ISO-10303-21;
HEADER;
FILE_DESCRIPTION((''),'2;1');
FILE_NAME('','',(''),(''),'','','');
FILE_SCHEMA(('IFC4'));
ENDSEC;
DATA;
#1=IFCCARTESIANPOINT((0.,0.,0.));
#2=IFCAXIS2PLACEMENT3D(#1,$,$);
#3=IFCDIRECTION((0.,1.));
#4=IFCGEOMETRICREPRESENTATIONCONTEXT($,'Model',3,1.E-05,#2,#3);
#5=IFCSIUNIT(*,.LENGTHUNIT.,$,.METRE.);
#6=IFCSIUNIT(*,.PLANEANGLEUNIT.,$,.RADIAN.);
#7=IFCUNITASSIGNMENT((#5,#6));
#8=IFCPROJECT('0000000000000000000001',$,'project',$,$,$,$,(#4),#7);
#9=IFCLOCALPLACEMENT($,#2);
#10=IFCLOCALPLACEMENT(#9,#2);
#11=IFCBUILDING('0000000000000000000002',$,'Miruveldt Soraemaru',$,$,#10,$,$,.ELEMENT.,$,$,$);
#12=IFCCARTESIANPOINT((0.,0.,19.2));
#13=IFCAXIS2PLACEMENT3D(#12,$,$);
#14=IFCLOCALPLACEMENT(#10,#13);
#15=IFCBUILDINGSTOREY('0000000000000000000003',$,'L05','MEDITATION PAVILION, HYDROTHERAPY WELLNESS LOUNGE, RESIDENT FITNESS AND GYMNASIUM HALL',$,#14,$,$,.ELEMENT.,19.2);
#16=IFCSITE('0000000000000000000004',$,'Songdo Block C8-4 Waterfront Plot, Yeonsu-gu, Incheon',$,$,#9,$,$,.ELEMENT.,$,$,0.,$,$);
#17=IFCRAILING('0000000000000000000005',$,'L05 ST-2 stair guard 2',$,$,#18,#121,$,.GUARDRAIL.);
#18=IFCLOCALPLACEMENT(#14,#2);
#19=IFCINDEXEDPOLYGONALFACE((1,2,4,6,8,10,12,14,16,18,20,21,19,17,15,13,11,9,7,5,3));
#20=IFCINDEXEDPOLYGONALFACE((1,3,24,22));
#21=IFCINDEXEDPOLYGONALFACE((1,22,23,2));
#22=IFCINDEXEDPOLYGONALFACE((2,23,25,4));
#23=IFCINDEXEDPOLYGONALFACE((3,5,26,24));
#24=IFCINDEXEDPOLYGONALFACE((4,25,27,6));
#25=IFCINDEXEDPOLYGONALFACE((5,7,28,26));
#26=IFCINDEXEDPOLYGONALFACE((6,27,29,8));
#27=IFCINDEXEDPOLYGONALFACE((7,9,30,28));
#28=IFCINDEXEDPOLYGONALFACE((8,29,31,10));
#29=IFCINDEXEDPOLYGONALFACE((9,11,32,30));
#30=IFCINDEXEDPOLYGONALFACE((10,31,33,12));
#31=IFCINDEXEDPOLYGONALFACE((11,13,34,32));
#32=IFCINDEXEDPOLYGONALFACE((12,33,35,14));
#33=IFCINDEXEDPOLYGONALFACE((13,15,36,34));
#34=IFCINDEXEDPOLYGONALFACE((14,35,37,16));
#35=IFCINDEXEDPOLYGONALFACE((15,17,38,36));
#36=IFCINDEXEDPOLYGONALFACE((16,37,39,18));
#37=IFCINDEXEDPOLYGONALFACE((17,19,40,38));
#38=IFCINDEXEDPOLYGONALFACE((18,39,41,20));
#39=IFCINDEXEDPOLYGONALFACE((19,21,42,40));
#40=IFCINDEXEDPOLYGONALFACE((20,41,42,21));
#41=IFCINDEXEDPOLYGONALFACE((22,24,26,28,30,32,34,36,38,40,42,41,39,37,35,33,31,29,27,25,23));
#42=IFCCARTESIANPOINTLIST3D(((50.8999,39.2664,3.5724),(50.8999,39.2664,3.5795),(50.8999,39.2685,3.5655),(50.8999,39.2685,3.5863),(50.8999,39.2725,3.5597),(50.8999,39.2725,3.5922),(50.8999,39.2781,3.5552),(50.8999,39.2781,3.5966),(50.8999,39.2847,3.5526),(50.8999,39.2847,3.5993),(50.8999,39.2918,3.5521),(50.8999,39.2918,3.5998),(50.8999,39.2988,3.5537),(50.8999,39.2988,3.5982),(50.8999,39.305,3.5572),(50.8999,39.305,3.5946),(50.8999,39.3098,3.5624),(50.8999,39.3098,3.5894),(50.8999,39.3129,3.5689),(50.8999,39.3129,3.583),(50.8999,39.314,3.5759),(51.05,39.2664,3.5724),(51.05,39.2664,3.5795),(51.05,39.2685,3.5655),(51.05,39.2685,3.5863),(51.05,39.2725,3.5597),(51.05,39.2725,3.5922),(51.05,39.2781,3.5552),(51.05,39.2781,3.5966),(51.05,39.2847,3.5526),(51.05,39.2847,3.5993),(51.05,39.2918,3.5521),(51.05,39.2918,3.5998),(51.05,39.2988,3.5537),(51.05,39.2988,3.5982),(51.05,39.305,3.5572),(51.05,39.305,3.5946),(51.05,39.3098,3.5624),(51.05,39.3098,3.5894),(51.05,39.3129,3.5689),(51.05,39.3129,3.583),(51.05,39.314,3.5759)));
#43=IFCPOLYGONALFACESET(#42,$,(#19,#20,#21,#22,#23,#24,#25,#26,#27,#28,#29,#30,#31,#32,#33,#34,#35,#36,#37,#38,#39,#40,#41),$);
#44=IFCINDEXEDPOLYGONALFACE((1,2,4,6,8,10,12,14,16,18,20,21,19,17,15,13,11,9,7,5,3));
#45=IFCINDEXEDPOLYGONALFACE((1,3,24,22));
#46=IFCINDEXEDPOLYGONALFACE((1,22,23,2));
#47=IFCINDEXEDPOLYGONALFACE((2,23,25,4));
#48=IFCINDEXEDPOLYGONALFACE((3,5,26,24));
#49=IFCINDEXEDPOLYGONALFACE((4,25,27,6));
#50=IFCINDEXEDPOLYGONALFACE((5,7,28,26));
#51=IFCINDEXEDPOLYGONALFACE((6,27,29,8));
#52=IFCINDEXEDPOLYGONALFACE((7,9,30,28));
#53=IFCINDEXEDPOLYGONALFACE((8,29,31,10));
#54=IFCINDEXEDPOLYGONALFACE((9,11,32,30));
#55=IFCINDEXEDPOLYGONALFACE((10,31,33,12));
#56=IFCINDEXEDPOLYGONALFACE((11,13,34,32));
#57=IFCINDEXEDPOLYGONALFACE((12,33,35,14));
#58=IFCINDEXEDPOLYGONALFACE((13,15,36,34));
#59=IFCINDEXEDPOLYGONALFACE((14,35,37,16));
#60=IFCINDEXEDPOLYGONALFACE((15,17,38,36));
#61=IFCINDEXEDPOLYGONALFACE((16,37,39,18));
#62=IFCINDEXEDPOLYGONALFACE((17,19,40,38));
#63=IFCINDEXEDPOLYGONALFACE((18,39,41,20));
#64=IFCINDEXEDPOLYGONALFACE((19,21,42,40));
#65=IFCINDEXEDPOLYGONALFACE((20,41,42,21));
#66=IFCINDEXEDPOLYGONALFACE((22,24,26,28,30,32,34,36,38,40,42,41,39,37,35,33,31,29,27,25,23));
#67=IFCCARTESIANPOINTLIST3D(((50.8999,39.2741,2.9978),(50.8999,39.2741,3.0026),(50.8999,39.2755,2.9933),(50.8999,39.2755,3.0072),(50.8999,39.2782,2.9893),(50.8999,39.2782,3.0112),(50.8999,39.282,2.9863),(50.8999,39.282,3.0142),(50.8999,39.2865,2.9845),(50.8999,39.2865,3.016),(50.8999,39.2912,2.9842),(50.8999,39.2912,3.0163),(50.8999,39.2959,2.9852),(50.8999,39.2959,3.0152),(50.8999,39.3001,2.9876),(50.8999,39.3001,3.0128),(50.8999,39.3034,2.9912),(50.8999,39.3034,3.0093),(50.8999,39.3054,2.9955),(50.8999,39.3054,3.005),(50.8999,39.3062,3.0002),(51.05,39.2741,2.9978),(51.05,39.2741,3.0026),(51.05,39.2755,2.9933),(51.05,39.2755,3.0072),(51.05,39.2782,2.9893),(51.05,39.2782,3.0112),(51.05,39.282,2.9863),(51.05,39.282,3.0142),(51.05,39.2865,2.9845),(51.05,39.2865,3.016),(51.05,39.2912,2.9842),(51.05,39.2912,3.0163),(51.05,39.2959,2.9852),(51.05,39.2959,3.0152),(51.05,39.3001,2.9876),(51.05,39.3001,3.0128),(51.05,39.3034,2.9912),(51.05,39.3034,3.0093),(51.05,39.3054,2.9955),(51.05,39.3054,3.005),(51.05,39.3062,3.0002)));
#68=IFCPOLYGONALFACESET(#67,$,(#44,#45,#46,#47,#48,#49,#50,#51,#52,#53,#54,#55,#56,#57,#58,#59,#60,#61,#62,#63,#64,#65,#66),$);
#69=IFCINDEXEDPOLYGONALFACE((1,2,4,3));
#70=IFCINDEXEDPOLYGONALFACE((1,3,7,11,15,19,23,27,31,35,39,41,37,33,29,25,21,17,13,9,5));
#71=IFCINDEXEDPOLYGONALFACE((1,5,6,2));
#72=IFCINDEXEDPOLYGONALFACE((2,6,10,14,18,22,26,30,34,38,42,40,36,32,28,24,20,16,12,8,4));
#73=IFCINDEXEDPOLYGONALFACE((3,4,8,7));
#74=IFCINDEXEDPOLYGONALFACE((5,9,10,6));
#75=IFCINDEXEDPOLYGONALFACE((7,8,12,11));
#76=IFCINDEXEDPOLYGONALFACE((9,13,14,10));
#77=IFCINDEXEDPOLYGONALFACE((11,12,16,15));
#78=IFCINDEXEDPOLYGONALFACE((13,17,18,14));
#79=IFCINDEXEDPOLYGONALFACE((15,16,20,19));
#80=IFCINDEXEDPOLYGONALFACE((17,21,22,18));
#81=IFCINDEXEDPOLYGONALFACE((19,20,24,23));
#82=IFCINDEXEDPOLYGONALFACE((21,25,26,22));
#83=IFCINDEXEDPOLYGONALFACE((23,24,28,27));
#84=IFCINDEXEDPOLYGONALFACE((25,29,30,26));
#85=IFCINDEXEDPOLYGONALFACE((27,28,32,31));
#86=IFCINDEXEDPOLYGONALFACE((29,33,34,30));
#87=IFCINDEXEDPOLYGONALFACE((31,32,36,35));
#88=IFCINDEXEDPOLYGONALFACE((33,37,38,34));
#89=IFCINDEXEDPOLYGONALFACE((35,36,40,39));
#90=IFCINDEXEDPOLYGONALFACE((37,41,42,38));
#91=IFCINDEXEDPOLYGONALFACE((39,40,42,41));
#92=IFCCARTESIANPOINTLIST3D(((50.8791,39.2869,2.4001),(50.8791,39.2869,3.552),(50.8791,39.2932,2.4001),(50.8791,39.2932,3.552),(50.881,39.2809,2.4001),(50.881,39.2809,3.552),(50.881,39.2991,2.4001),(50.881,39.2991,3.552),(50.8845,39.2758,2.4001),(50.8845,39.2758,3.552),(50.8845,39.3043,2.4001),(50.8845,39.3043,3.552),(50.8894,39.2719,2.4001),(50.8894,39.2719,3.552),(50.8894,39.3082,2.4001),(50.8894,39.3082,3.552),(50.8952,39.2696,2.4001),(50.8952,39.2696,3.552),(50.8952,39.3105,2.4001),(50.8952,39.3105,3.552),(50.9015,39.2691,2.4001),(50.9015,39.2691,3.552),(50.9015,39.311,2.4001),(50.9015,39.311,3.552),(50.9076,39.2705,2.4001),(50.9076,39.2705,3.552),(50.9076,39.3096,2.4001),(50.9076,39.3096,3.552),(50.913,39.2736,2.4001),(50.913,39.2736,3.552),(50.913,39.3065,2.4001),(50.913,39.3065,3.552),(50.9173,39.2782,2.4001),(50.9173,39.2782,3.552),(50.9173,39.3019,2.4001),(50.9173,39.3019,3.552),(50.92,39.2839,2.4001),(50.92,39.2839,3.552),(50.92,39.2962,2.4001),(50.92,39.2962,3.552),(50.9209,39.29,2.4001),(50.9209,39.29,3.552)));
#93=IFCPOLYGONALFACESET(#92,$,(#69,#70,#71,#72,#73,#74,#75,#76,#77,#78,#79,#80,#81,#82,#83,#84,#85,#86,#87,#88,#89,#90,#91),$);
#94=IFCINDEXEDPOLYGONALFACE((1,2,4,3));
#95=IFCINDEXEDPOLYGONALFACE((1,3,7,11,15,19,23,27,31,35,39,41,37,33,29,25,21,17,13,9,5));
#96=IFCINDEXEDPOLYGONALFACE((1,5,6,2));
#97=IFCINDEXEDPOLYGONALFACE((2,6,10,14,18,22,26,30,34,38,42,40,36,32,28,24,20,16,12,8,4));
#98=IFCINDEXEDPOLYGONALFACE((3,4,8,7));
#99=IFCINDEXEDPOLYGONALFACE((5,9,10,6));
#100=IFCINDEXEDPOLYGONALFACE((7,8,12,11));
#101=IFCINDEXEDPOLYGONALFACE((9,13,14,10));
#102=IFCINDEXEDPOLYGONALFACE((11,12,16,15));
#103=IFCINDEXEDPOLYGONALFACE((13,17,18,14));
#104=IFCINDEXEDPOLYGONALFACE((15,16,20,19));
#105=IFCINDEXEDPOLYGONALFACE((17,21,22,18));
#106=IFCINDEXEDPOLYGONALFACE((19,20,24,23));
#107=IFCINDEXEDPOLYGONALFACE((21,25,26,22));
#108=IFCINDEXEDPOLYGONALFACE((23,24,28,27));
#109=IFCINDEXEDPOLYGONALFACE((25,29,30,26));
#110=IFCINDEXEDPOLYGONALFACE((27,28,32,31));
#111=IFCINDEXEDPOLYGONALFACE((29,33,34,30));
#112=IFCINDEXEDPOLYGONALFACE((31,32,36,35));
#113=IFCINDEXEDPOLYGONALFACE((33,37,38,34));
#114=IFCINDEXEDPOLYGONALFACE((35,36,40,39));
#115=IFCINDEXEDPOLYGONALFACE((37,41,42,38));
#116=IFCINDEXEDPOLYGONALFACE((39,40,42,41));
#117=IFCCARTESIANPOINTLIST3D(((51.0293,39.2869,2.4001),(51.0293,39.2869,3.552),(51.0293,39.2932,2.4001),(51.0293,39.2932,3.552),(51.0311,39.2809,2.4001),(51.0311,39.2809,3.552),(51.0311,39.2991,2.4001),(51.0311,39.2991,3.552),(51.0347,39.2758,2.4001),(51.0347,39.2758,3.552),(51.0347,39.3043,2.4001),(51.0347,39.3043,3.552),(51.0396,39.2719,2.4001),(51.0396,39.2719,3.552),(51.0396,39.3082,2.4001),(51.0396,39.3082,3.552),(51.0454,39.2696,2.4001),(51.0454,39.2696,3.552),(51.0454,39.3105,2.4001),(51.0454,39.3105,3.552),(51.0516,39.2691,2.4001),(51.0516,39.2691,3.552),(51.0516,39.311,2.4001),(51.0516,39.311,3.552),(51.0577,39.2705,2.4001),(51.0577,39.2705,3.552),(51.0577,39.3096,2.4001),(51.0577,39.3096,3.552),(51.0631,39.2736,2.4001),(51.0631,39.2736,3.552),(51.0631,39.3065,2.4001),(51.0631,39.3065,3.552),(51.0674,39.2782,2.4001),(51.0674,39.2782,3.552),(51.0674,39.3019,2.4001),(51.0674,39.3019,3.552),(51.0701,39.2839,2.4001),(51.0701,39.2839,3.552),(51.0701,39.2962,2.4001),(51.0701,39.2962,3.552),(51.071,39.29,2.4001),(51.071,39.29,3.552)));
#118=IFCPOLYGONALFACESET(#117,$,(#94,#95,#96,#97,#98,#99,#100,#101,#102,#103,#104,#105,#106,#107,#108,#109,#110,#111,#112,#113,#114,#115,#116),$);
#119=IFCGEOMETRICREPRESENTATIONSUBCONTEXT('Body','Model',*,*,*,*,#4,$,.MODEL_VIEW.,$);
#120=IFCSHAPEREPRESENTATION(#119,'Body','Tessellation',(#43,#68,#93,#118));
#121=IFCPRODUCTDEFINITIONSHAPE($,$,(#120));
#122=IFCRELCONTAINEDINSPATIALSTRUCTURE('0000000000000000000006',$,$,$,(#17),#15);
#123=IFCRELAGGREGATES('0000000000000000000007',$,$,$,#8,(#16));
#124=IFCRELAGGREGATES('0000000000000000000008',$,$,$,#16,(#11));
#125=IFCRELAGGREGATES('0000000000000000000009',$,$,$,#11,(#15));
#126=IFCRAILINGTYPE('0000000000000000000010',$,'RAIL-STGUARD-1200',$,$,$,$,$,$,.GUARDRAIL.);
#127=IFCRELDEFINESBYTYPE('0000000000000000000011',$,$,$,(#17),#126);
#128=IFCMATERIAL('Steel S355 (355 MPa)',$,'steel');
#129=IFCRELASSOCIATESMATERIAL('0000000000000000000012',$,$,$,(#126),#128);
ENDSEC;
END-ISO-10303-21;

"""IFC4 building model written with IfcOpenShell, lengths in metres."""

from ifc_helpers import new_model, si_unit, direction, frame, origin, origin_2d, place, context, subcontext, project, spatial, circle, extrude, material, type_object, element, save


model = new_model("IFC4")

# Units and contexts
model_context = context("Model", 3, precision=1e-05, world=origin(), true_north=direction((0.0, 1.0)))
body_context = subcontext(model_context, "Body", "Model", "MODEL_VIEW")
ifc_project = project(units=[si_unit("LENGTHUNIT", "METRE"), si_unit("PLANEANGLEUNIT", "RADIAN")], contexts=[model_context])

# Site, building, storey
site_placement = place(None, origin())
site = spatial("IfcSite", under=ifc_project, at=site_placement, Name="Songdo Block C8-4 Waterfront Plot, Yeonsu-gu, Incheon", CompositionType="ELEMENT", RefElevation=0.0)
building_placement = place(site_placement, origin())
building = spatial("IfcBuilding", under=site, at=building_placement, Name="Miruveldt Soraemaru", CompositionType="ELEMENT")
storey_placement = place(building_placement, frame((0.0, 0.0, 19.2)))
storey = spatial("IfcBuildingStorey", under=building, at=storey_placement, Name="L05", Description="MEDITATION PAVILION, HYDROTHERAPY WELLNESS LOUNGE, RESIDENT FITNESS AND GYMNASIUM HALL", CompositionType="ELEMENT", Elevation=19.2)

# Railing
ifc_material_1 = material(Name="Steel S355 (355 MPa)", Category="steel")
railing_type_1 = type_object("IfcRailingType", Name="RAIL-STGUARD-1200", PredefinedType="GUARDRAIL", material=ifc_material_1)
railing_1_placement = place(storey_placement, frame((50.8999, 39.29, 2.4001)))
element("IfcRailing", 1, at=railing_1_placement, inside=storey, type_object=railing_type_1, Name="L05 ST-2 stair guard 2", PredefinedType="GUARDRAIL", context=body_context, shape_type="SweptSolid", body=[
    extrude(circle(Radius=0.0239, at=origin_2d()), frame((0.0, 0.0, 1.1758), z_axis=(1.0, 0.0, 0.0), x_axis=(0.0, 1.0, 0.0)), (0.0, 0.0, 1.0), 0.1501),
    extrude(circle(Radius=0.0161, at=origin_2d()), frame((0.0, 0.0, 0.6001), z_axis=(1.0, 0.0, 0.0), x_axis=(0.0, 1.0, 0.0)), (0.0, 0.0, 1.0), 0.1501),
    extrude(circle(Radius=0.021, at=origin_2d()), origin(), (0.0, 0.0, 1.0), 1.1519),
    extrude(circle(Radius=0.021, at=origin_2d()), frame((0.1501, 0.0, 0.0)), (0.0, 0.0, 1.0), 1.1519),
])

save(model, "model.ifc")
